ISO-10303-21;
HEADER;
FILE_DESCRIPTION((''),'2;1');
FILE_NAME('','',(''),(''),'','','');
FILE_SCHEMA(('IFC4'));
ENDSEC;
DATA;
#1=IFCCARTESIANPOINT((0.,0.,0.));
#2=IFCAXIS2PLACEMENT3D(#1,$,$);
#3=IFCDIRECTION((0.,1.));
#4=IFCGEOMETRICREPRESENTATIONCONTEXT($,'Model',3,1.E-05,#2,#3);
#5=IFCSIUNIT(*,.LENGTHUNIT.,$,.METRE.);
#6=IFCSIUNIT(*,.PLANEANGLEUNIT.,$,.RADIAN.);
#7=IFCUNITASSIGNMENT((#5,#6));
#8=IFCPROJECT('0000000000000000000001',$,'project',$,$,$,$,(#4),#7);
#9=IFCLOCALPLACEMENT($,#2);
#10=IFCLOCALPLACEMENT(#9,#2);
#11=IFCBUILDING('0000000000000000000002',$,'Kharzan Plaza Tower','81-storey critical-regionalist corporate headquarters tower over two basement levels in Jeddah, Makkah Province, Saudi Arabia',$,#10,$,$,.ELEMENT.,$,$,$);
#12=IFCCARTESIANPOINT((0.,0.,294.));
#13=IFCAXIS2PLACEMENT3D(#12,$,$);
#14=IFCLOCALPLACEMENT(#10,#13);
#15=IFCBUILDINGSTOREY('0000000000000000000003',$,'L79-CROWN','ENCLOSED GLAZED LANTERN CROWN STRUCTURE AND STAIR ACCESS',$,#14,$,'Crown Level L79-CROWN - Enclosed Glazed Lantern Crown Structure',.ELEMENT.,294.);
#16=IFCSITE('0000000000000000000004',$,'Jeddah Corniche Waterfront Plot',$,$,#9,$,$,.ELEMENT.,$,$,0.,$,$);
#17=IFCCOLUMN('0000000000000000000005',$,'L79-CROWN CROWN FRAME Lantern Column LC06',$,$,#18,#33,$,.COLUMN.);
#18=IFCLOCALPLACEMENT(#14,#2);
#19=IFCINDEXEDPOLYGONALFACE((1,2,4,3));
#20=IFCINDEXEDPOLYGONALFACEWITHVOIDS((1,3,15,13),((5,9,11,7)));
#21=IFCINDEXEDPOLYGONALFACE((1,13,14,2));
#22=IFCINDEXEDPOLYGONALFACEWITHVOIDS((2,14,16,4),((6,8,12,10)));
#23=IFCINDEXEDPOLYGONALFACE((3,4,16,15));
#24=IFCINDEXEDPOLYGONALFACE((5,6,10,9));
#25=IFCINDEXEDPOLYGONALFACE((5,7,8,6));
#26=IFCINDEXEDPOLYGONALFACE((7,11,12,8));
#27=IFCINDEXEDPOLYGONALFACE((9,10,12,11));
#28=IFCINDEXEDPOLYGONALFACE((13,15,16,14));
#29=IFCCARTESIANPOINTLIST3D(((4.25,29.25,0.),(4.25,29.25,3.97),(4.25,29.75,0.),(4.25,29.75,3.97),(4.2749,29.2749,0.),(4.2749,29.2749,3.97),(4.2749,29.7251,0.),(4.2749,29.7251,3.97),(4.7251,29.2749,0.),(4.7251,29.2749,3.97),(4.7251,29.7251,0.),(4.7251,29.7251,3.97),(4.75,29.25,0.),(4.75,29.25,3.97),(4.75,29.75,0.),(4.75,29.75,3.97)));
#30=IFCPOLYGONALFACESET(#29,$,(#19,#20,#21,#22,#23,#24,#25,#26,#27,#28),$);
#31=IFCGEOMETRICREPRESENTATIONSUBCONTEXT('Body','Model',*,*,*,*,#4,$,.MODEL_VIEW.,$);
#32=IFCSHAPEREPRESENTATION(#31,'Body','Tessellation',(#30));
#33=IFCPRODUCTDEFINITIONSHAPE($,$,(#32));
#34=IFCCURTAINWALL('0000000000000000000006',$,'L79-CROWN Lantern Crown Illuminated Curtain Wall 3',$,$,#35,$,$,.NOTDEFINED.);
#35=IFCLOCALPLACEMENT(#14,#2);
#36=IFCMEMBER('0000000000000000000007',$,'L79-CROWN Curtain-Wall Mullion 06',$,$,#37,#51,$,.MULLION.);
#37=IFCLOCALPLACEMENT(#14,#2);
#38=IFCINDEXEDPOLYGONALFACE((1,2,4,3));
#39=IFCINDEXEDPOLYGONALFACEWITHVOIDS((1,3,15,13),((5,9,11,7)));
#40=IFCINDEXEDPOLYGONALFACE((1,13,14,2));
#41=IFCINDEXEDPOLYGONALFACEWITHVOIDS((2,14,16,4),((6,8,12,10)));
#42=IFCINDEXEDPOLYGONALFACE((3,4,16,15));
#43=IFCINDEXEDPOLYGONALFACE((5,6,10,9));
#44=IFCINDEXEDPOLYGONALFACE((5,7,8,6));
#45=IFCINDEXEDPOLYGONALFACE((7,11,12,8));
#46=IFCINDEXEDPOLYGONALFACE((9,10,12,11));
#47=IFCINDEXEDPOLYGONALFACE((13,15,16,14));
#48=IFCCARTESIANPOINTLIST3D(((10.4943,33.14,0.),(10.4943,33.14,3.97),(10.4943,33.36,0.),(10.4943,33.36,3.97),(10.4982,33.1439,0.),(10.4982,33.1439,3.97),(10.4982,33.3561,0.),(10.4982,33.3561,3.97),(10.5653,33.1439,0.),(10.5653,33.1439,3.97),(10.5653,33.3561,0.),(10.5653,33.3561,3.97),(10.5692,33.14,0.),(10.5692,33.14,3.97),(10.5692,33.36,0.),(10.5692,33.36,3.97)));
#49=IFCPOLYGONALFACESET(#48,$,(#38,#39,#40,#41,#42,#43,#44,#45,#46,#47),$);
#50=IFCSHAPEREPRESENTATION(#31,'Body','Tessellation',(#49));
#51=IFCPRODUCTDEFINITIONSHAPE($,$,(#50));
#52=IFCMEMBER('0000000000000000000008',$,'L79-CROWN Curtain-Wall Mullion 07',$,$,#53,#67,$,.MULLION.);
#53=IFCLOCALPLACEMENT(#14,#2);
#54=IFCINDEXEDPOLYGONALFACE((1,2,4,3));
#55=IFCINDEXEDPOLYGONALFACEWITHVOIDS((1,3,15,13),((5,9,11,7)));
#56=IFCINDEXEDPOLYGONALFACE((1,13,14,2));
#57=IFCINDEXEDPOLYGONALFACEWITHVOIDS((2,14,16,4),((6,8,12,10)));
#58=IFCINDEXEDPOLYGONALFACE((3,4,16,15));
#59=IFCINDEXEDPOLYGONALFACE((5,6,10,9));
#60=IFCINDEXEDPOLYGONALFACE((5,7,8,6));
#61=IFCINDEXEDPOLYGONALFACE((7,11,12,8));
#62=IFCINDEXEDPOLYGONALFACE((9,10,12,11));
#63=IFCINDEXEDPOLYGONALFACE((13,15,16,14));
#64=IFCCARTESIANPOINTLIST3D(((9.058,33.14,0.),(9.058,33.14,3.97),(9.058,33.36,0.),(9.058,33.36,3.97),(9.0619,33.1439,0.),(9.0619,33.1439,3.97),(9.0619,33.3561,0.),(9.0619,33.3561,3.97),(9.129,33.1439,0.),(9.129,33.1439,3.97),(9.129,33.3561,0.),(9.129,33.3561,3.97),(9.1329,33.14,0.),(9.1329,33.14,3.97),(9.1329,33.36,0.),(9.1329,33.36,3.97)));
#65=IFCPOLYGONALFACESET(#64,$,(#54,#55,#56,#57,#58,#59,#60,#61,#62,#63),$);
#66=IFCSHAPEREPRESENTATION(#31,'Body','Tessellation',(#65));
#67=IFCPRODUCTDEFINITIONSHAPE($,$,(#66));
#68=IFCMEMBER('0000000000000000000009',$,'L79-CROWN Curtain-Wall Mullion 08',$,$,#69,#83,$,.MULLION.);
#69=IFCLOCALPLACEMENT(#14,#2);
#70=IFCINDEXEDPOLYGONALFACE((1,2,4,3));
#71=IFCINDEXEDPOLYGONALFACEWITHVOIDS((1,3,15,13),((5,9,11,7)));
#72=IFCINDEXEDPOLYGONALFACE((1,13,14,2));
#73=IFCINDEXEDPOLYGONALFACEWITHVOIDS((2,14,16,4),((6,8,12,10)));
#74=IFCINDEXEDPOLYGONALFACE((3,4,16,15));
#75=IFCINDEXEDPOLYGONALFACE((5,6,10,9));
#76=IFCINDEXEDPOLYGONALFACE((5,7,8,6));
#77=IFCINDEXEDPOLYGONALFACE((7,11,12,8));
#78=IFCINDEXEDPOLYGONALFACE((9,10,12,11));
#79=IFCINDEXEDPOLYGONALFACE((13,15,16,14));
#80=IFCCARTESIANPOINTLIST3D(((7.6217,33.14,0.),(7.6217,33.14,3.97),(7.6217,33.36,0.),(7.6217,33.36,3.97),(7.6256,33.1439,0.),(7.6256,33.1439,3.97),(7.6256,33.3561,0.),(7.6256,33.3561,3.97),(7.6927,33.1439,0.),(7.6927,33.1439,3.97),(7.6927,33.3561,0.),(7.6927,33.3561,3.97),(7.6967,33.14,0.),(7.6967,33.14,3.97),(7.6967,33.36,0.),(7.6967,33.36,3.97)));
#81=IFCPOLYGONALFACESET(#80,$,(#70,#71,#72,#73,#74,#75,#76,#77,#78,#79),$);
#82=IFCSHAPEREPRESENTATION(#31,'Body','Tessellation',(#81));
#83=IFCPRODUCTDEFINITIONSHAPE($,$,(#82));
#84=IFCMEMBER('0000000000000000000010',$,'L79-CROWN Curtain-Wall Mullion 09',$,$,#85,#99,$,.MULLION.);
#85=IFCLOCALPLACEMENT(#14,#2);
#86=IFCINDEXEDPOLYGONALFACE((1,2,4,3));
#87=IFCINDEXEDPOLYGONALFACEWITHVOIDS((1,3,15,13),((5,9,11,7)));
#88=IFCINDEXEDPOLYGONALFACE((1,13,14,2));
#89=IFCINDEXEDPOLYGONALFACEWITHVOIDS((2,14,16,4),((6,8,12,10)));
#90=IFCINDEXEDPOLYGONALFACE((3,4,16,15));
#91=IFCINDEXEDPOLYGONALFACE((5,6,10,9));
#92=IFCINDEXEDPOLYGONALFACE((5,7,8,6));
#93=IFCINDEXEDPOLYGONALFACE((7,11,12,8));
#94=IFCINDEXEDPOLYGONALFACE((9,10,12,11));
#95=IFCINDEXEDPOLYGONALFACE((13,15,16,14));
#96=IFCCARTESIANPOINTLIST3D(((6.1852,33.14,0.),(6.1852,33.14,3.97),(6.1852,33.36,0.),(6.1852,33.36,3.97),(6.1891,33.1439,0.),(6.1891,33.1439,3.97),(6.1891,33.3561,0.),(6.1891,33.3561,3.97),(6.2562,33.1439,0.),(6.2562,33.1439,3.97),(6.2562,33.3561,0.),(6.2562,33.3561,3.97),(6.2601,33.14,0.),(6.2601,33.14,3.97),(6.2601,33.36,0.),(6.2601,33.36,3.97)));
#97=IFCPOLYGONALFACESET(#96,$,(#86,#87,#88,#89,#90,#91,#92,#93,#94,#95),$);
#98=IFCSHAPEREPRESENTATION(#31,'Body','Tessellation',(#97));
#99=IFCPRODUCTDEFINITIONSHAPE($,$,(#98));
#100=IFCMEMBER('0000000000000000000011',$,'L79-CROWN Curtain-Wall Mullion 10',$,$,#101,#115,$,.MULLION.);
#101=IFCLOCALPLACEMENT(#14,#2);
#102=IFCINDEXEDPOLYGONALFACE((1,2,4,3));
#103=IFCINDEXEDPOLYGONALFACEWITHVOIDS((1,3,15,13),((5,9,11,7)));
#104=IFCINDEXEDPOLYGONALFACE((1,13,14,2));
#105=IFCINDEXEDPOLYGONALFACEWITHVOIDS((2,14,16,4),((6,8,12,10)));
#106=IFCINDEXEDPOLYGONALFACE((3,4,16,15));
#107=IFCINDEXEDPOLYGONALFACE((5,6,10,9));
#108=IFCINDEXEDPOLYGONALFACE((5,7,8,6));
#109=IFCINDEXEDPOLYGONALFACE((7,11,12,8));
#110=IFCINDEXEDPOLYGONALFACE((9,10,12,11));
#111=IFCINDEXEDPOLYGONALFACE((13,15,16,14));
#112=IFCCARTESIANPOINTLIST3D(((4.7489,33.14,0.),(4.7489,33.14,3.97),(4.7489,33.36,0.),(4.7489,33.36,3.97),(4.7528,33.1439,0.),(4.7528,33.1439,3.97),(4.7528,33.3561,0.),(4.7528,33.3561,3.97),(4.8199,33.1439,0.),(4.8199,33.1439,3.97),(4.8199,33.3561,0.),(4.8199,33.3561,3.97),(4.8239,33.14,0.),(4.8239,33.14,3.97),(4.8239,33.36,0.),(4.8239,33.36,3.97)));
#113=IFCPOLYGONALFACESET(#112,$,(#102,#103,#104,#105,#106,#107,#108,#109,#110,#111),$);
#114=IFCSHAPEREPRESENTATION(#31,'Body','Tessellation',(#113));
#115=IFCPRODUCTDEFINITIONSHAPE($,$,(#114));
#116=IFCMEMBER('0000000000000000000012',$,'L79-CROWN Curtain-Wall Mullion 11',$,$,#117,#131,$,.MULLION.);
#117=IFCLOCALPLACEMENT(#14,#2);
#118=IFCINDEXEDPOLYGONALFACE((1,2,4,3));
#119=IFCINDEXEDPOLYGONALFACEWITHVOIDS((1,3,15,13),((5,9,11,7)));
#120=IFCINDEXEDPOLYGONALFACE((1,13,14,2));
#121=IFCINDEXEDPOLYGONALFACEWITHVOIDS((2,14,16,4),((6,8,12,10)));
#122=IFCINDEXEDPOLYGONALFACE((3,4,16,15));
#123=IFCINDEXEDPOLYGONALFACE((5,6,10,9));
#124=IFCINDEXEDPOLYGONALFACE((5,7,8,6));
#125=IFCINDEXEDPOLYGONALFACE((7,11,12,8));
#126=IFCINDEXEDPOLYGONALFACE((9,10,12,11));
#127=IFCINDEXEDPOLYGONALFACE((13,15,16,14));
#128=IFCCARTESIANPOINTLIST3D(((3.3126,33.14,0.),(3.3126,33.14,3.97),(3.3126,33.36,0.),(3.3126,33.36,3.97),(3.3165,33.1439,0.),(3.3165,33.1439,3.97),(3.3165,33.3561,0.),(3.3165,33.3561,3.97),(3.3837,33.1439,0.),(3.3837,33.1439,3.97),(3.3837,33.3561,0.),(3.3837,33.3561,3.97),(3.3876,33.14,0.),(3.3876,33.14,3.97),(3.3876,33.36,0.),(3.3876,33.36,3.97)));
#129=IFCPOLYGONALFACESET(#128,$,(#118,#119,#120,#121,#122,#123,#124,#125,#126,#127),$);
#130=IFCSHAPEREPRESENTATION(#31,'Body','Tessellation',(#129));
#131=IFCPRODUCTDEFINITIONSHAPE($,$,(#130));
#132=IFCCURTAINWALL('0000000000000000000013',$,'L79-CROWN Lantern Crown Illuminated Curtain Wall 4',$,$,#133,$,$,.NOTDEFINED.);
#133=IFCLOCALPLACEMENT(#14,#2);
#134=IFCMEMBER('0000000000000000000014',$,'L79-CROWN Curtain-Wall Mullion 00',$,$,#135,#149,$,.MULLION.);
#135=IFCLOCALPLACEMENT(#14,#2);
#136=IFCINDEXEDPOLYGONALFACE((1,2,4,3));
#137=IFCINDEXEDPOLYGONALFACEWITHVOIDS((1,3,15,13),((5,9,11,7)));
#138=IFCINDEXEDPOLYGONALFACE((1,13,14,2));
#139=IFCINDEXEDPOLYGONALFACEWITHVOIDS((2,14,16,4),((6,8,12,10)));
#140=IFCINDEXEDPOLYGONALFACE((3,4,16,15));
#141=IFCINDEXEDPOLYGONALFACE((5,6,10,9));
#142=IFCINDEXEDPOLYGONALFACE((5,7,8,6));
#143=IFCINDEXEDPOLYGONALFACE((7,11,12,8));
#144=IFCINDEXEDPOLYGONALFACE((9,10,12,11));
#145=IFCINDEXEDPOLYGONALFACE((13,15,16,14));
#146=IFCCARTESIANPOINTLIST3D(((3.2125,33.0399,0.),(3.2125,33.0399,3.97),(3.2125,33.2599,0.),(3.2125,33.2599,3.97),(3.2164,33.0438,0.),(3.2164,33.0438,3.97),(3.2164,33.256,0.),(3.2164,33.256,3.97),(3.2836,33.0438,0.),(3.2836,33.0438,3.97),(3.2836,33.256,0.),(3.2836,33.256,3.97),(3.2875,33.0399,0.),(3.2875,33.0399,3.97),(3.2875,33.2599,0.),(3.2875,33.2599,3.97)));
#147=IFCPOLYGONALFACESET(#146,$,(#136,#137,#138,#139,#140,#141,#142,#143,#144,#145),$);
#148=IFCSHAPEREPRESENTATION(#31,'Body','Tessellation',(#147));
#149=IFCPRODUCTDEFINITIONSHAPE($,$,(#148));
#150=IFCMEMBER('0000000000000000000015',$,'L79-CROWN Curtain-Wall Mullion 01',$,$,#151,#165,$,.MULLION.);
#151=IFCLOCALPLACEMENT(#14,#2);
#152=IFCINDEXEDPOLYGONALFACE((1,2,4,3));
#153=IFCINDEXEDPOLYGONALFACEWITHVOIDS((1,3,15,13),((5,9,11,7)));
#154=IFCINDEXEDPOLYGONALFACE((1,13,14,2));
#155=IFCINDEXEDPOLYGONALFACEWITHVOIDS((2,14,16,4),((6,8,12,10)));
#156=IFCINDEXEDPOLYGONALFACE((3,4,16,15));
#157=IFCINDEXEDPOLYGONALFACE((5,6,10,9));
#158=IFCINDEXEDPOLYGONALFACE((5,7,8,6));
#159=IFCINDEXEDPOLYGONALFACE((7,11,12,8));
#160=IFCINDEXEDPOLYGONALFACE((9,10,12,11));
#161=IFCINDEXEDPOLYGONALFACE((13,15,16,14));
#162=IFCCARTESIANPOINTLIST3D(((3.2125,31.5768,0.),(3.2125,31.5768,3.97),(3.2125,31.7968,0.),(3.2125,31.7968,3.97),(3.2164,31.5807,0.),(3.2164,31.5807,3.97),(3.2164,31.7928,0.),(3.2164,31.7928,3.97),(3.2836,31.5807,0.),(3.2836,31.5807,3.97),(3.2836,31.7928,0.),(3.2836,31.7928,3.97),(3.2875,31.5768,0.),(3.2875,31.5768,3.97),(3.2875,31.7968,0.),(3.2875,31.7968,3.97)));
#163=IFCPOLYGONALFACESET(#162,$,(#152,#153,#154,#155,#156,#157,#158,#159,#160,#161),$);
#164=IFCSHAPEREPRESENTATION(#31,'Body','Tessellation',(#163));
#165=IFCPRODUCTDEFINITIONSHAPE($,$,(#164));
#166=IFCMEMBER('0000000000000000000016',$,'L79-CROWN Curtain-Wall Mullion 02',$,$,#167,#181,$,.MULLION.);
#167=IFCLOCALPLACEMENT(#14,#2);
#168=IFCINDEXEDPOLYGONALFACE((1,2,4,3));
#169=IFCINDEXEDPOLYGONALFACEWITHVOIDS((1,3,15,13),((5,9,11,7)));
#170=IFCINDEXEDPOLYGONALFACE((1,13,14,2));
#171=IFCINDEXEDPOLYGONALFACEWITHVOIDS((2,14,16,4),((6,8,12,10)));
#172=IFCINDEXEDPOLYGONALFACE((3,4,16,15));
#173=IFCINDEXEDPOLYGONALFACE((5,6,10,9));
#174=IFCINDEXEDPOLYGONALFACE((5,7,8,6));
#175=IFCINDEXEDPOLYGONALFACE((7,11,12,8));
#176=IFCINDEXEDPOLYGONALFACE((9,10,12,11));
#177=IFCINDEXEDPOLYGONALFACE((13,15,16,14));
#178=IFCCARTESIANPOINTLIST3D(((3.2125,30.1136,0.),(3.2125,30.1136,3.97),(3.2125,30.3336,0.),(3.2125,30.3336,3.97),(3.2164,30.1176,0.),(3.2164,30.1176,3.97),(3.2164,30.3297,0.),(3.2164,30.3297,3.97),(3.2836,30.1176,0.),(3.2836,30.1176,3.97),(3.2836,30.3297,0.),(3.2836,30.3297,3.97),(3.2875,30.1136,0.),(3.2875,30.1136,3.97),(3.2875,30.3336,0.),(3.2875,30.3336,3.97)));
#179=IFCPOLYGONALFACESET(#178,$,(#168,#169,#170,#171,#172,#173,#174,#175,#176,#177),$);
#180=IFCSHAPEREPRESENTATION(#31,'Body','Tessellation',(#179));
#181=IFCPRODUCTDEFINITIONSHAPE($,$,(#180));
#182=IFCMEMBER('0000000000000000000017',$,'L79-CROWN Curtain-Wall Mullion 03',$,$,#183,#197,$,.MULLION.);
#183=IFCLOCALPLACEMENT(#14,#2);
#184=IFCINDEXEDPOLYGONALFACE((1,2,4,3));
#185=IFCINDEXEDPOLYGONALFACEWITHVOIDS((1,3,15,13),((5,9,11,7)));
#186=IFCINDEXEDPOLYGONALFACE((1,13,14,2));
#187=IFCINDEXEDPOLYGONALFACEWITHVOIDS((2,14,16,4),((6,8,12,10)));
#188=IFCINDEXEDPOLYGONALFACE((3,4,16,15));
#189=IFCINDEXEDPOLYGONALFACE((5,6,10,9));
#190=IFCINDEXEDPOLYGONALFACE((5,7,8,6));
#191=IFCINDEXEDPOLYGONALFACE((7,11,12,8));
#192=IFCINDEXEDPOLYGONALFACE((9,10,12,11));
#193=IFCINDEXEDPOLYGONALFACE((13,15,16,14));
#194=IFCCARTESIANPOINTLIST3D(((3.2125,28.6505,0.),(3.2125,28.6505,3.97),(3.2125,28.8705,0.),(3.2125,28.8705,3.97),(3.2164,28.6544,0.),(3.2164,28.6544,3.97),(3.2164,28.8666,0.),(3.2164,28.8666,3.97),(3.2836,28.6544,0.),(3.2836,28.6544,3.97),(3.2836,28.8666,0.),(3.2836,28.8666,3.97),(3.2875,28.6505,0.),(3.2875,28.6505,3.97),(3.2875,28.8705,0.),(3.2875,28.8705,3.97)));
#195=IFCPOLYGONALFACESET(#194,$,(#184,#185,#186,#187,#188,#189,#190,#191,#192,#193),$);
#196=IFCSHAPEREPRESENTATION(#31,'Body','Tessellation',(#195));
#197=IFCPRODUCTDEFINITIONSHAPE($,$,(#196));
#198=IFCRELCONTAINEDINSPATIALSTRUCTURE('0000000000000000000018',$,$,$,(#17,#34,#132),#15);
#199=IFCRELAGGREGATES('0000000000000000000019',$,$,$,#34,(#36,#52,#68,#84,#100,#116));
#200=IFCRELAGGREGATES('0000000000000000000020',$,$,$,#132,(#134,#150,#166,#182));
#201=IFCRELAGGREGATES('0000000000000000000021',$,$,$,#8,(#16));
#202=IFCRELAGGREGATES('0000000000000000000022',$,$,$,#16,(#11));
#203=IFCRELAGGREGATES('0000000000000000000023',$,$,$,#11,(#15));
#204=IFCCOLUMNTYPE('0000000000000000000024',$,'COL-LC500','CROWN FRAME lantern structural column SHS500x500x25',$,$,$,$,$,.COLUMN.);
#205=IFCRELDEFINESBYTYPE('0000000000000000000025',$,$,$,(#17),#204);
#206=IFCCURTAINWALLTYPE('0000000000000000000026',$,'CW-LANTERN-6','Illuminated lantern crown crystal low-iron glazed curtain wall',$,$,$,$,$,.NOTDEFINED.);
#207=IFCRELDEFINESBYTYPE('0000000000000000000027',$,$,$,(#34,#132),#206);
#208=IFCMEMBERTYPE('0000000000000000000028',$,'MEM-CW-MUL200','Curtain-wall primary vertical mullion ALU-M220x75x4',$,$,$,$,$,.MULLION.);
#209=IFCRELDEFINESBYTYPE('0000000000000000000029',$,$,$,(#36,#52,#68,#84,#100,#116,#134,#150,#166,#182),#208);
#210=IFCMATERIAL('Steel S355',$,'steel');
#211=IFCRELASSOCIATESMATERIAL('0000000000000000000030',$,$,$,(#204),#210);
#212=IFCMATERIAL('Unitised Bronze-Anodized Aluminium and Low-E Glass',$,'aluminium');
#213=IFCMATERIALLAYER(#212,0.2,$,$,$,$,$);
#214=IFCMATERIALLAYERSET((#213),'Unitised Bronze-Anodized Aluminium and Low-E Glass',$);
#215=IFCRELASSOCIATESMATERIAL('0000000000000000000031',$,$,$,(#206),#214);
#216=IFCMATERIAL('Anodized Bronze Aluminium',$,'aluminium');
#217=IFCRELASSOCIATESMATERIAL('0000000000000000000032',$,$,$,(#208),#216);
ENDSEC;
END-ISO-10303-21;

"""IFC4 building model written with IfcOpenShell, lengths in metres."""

from ifc_helpers import new_model, si_unit, direction, frame, origin, origin_2d, place, context, subcontext, project, spatial, hollow_rectangle, extrude, source, transform, mapped, material, layer, layer_set, material_profile, profile_set, type_object, element, aggregate, save


model = new_model("IFC4")

# Units and contexts
model_context = context("Model", 3, precision=1e-05, world=origin(), true_north=direction((0.0, 1.0)))
body_context = subcontext(model_context, "Body", "Model", "MODEL_VIEW")
ifc_project = project(units=[si_unit("LENGTHUNIT", "METRE"), si_unit("PLANEANGLEUNIT", "RADIAN")], contexts=[model_context])

# Site, building, storey
site_placement = place(None, origin())
site = spatial("IfcSite", under=ifc_project, at=site_placement, Name="Jeddah Corniche Waterfront Plot", CompositionType="ELEMENT", RefElevation=0.0)
building_placement = place(site_placement, origin())
building = spatial("IfcBuilding", under=site, at=building_placement, Name="Kharzan Plaza Tower", Description="81-storey critical-regionalist corporate headquarters tower over two basement levels in Jeddah, Makkah Province, Saudi Arabia", CompositionType="ELEMENT")
storey_placement = place(building_placement, frame((0.0, 0.0, 294.0)))
storey = spatial("IfcBuildingStorey", under=building, at=storey_placement, Name="L79-CROWN", Description="ENCLOSED GLAZED LANTERN CROWN STRUCTURE AND STAIR ACCESS", LongName="Crown Level L79-CROWN - Enclosed Glazed Lantern Crown Structure", CompositionType="ELEMENT", Elevation=294.0)

# Column
ifc_material_1 = material(Name="Steel S355", Category="steel")
ifc_material_profile_1 = material_profile(ifc_material_1, hollow_rectangle(XDim=0.5, YDim=0.5, WallThickness=0.0249, at=origin_2d()), Name="SHS500x500x25")
ifc_profile_set_1 = profile_set([ifc_material_profile_1], Name="Steel S355")
column_type = type_object("IfcColumnType", Name="COL-LC500", Description="CROWN FRAME lantern structural column SHS500x500x25", PredefinedType="COLUMN", material=ifc_profile_set_1)
shared_shape_1 = source(origin(), body_context, "Body", "SweptSolid", [
    extrude(hollow_rectangle(XDim=0.5, YDim=0.5, WallThickness=0.0249, at=origin_2d()), origin(), (0.0, 0.0, 1.0), 3.97),
])
column_placement = place(storey_placement, frame((4.5, 29.5, 0.0), z_axis=(0.0, 0.0, 1.0), x_axis=(1.0, 0.0, 0.0)))
element("IfcColumn", 1, at=column_placement, inside=storey, type_object=column_type, Name="L79-CROWN CROWN FRAME Lantern Column LC06", PredefinedType="COLUMN", context=body_context, shape_type="MappedRepresentation", body=[
    mapped(shared_shape_1, transform((0.0, 0.0, 0.0), x_axis=(1.0, 0.0, 0.0), y_axis=(0.0, 1.0, 0.0), z_axis=(0.0, 0.0, 1.0))),
])

# Curtain walls, members
ifc_material_2 = material(Name="Unitised Bronze-Anodized Aluminium and Low-E Glass", Category="aluminium")
ifc_layer_1 = layer(ifc_material_2, 0.2)
ifc_layer_set_1 = layer_set([ifc_layer_1], Name="Unitised Bronze-Anodized Aluminium and Low-E Glass")
curtain_wall_type = type_object("IfcCurtainWallType", Name="CW-LANTERN-6", Description="Illuminated lantern crown crystal low-iron glazed curtain wall", PredefinedType="NOTDEFINED", material=ifc_layer_set_1)
curtain_wall_1_placement = place(storey_placement, origin())
curtain_wall_1 = element("IfcCurtainWall", 2, at=curtain_wall_1_placement, inside=storey, type_object=curtain_wall_type, Name="L79-CROWN Lantern Crown Illuminated Curtain Wall 3", PredefinedType="NOTDEFINED")
ifc_material_3 = material(Name="Anodized Bronze Aluminium", Category="aluminium")
ifc_material_profile_2 = material_profile(ifc_material_3, hollow_rectangle(XDim=0.075, YDim=0.22, WallThickness=0.0039, at=origin_2d()), Name="ALU-M220x75x4")
ifc_profile_set_2 = profile_set([ifc_material_profile_2], Name="Anodized Bronze Aluminium")
member_type_1 = type_object("IfcMemberType", Name="MEM-CW-MUL200", Description="Curtain-wall primary vertical mullion ALU-M220x75x4", PredefinedType="MULLION", material=ifc_profile_set_2)
shared_shape_2 = source(origin(), body_context, "Body", "SweptSolid", [
    extrude(hollow_rectangle(XDim=0.075, YDim=0.22, WallThickness=0.0039, at=origin_2d()), origin(), (0.0, 0.0, 1.0), 3.97),
])
member_1_placement = place(storey_placement, frame((10.5317, 33.25, 0.0), z_axis=(0.0, 0.0, 1.0), x_axis=(1.0, 0.0, 0.0)))
member_1 = element("IfcMember", 3, at=member_1_placement, type_object=member_type_1, Name="L79-CROWN Curtain-Wall Mullion 06", PredefinedType="MULLION", context=body_context, shape_type="MappedRepresentation", body=[
    mapped(shared_shape_2, transform((0.0, 0.0, 0.0), x_axis=(1.0, 0.0, 0.0), y_axis=(0.0, 1.0, 0.0), z_axis=(0.0, 0.0, 1.0))),
])
member_2_placement = place(storey_placement, frame((9.0955, 33.25, 0.0), z_axis=(0.0, 0.0, 1.0), x_axis=(1.0, 0.0, 0.0)))
member_2 = element("IfcMember", 4, at=member_2_placement, type_object=member_type_1, Name="L79-CROWN Curtain-Wall Mullion 07", PredefinedType="MULLION", context=body_context, shape_type="MappedRepresentation", body=[
    mapped(shared_shape_2, transform((0.0, 0.0, 0.0), x_axis=(1.0, 0.0, 0.0), y_axis=(0.0, 1.0, 0.0), z_axis=(0.0, 0.0, 1.0))),
])
member_3_placement = place(storey_placement, frame((7.6592, 33.25, 0.0), z_axis=(0.0, 0.0, 1.0), x_axis=(1.0, 0.0, 0.0)))
member_3 = element("IfcMember", 5, at=member_3_placement, type_object=member_type_1, Name="L79-CROWN Curtain-Wall Mullion 08", PredefinedType="MULLION", context=body_context, shape_type="MappedRepresentation", body=[
    mapped(shared_shape_2, transform((0.0, 0.0, 0.0), x_axis=(1.0, 0.0, 0.0), y_axis=(0.0, 1.0, 0.0), z_axis=(0.0, 0.0, 1.0))),
])
member_4_placement = place(storey_placement, frame((6.2227, 33.25, 0.0), z_axis=(0.0, 0.0, 1.0), x_axis=(1.0, 0.0, 0.0)))
member_4 = element("IfcMember", 6, at=member_4_placement, type_object=member_type_1, Name="L79-CROWN Curtain-Wall Mullion 09", PredefinedType="MULLION", context=body_context, shape_type="MappedRepresentation", body=[
    mapped(shared_shape_2, transform((0.0, 0.0, 0.0), x_axis=(1.0, 0.0, 0.0), y_axis=(0.0, 1.0, 0.0), z_axis=(0.0, 0.0, 1.0))),
])
member_5_placement = place(storey_placement, frame((4.7864, 33.25, 0.0), z_axis=(0.0, 0.0, 1.0), x_axis=(1.0, 0.0, 0.0)))
member_5 = element("IfcMember", 7, at=member_5_placement, type_object=member_type_1, Name="L79-CROWN Curtain-Wall Mullion 10", PredefinedType="MULLION", context=body_context, shape_type="MappedRepresentation", body=[
    mapped(shared_shape_2, transform((0.0, 0.0, 0.0), x_axis=(1.0, 0.0, 0.0), y_axis=(0.0, 1.0, 0.0), z_axis=(0.0, 0.0, 1.0))),
])
member_6_placement = place(storey_placement, frame((3.3501, 33.25, 0.0), z_axis=(0.0, 0.0, 1.0), x_axis=(1.0, 0.0, 0.0)))
member_6 = element("IfcMember", 8, at=member_6_placement, type_object=member_type_1, Name="L79-CROWN Curtain-Wall Mullion 11", PredefinedType="MULLION", context=body_context, shape_type="MappedRepresentation", body=[
    mapped(shared_shape_2, transform((0.0, 0.0, 0.0), x_axis=(1.0, 0.0, 0.0), y_axis=(0.0, 1.0, 0.0), z_axis=(0.0, 0.0, 1.0))),
])
curtain_wall_2_placement = place(storey_placement, origin())
curtain_wall_2 = element("IfcCurtainWall", 9, at=curtain_wall_2_placement, inside=storey, type_object=curtain_wall_type, Name="L79-CROWN Lantern Crown Illuminated Curtain Wall 4", PredefinedType="NOTDEFINED")
member_7_placement = place(storey_placement, frame((3.25, 33.1499, 0.0), z_axis=(0.0, 0.0, 1.0), x_axis=(1.0, 0.0, 0.0)))
member_7 = element("IfcMember", 10, at=member_7_placement, type_object=member_type_1, Name="L79-CROWN Curtain-Wall Mullion 00", PredefinedType="MULLION", context=body_context, shape_type="MappedRepresentation", body=[
    mapped(shared_shape_2, transform((0.0, 0.0, 0.0), x_axis=(1.0, 0.0, 0.0), y_axis=(0.0, 1.0, 0.0), z_axis=(0.0, 0.0, 1.0))),
])
member_8_placement = place(storey_placement, frame((3.25, 31.6868, 0.0), z_axis=(0.0, 0.0, 1.0), x_axis=(1.0, 0.0, 0.0)))
member_8 = element("IfcMember", 11, at=member_8_placement, type_object=member_type_1, Name="L79-CROWN Curtain-Wall Mullion 01", PredefinedType="MULLION", context=body_context, shape_type="MappedRepresentation", body=[
    mapped(shared_shape_2, transform((0.0, 0.0, 0.0), x_axis=(1.0, 0.0, 0.0), y_axis=(0.0, 1.0, 0.0), z_axis=(0.0, 0.0, 1.0))),
])
member_9_placement = place(storey_placement, frame((3.25, 30.2236, 0.0), z_axis=(0.0, 0.0, 1.0), x_axis=(1.0, 0.0, 0.0)))
member_9 = element("IfcMember", 12, at=member_9_placement, type_object=member_type_1, Name="L79-CROWN Curtain-Wall Mullion 02", PredefinedType="MULLION", context=body_context, shape_type="MappedRepresentation", body=[
    mapped(shared_shape_2, transform((0.0, 0.0, 0.0), x_axis=(1.0, 0.0, 0.0), y_axis=(0.0, 1.0, 0.0), z_axis=(0.0, 0.0, 1.0))),
])
member_10_placement = place(storey_placement, frame((3.25, 28.7605, 0.0), z_axis=(0.0, 0.0, 1.0), x_axis=(1.0, 0.0, 0.0)))
member_10 = element("IfcMember", 13, at=member_10_placement, type_object=member_type_1, Name="L79-CROWN Curtain-Wall Mullion 03", PredefinedType="MULLION", context=body_context, shape_type="MappedRepresentation", body=[
    mapped(shared_shape_2, transform((0.0, 0.0, 0.0), x_axis=(1.0, 0.0, 0.0), y_axis=(0.0, 1.0, 0.0), z_axis=(0.0, 0.0, 1.0))),
])

aggregate(curtain_wall_1, [member_1, member_2, member_3, member_4, member_5, member_6])
aggregate(curtain_wall_2, [member_7, member_8, member_9, member_10])

save(model, "model.ifc")
